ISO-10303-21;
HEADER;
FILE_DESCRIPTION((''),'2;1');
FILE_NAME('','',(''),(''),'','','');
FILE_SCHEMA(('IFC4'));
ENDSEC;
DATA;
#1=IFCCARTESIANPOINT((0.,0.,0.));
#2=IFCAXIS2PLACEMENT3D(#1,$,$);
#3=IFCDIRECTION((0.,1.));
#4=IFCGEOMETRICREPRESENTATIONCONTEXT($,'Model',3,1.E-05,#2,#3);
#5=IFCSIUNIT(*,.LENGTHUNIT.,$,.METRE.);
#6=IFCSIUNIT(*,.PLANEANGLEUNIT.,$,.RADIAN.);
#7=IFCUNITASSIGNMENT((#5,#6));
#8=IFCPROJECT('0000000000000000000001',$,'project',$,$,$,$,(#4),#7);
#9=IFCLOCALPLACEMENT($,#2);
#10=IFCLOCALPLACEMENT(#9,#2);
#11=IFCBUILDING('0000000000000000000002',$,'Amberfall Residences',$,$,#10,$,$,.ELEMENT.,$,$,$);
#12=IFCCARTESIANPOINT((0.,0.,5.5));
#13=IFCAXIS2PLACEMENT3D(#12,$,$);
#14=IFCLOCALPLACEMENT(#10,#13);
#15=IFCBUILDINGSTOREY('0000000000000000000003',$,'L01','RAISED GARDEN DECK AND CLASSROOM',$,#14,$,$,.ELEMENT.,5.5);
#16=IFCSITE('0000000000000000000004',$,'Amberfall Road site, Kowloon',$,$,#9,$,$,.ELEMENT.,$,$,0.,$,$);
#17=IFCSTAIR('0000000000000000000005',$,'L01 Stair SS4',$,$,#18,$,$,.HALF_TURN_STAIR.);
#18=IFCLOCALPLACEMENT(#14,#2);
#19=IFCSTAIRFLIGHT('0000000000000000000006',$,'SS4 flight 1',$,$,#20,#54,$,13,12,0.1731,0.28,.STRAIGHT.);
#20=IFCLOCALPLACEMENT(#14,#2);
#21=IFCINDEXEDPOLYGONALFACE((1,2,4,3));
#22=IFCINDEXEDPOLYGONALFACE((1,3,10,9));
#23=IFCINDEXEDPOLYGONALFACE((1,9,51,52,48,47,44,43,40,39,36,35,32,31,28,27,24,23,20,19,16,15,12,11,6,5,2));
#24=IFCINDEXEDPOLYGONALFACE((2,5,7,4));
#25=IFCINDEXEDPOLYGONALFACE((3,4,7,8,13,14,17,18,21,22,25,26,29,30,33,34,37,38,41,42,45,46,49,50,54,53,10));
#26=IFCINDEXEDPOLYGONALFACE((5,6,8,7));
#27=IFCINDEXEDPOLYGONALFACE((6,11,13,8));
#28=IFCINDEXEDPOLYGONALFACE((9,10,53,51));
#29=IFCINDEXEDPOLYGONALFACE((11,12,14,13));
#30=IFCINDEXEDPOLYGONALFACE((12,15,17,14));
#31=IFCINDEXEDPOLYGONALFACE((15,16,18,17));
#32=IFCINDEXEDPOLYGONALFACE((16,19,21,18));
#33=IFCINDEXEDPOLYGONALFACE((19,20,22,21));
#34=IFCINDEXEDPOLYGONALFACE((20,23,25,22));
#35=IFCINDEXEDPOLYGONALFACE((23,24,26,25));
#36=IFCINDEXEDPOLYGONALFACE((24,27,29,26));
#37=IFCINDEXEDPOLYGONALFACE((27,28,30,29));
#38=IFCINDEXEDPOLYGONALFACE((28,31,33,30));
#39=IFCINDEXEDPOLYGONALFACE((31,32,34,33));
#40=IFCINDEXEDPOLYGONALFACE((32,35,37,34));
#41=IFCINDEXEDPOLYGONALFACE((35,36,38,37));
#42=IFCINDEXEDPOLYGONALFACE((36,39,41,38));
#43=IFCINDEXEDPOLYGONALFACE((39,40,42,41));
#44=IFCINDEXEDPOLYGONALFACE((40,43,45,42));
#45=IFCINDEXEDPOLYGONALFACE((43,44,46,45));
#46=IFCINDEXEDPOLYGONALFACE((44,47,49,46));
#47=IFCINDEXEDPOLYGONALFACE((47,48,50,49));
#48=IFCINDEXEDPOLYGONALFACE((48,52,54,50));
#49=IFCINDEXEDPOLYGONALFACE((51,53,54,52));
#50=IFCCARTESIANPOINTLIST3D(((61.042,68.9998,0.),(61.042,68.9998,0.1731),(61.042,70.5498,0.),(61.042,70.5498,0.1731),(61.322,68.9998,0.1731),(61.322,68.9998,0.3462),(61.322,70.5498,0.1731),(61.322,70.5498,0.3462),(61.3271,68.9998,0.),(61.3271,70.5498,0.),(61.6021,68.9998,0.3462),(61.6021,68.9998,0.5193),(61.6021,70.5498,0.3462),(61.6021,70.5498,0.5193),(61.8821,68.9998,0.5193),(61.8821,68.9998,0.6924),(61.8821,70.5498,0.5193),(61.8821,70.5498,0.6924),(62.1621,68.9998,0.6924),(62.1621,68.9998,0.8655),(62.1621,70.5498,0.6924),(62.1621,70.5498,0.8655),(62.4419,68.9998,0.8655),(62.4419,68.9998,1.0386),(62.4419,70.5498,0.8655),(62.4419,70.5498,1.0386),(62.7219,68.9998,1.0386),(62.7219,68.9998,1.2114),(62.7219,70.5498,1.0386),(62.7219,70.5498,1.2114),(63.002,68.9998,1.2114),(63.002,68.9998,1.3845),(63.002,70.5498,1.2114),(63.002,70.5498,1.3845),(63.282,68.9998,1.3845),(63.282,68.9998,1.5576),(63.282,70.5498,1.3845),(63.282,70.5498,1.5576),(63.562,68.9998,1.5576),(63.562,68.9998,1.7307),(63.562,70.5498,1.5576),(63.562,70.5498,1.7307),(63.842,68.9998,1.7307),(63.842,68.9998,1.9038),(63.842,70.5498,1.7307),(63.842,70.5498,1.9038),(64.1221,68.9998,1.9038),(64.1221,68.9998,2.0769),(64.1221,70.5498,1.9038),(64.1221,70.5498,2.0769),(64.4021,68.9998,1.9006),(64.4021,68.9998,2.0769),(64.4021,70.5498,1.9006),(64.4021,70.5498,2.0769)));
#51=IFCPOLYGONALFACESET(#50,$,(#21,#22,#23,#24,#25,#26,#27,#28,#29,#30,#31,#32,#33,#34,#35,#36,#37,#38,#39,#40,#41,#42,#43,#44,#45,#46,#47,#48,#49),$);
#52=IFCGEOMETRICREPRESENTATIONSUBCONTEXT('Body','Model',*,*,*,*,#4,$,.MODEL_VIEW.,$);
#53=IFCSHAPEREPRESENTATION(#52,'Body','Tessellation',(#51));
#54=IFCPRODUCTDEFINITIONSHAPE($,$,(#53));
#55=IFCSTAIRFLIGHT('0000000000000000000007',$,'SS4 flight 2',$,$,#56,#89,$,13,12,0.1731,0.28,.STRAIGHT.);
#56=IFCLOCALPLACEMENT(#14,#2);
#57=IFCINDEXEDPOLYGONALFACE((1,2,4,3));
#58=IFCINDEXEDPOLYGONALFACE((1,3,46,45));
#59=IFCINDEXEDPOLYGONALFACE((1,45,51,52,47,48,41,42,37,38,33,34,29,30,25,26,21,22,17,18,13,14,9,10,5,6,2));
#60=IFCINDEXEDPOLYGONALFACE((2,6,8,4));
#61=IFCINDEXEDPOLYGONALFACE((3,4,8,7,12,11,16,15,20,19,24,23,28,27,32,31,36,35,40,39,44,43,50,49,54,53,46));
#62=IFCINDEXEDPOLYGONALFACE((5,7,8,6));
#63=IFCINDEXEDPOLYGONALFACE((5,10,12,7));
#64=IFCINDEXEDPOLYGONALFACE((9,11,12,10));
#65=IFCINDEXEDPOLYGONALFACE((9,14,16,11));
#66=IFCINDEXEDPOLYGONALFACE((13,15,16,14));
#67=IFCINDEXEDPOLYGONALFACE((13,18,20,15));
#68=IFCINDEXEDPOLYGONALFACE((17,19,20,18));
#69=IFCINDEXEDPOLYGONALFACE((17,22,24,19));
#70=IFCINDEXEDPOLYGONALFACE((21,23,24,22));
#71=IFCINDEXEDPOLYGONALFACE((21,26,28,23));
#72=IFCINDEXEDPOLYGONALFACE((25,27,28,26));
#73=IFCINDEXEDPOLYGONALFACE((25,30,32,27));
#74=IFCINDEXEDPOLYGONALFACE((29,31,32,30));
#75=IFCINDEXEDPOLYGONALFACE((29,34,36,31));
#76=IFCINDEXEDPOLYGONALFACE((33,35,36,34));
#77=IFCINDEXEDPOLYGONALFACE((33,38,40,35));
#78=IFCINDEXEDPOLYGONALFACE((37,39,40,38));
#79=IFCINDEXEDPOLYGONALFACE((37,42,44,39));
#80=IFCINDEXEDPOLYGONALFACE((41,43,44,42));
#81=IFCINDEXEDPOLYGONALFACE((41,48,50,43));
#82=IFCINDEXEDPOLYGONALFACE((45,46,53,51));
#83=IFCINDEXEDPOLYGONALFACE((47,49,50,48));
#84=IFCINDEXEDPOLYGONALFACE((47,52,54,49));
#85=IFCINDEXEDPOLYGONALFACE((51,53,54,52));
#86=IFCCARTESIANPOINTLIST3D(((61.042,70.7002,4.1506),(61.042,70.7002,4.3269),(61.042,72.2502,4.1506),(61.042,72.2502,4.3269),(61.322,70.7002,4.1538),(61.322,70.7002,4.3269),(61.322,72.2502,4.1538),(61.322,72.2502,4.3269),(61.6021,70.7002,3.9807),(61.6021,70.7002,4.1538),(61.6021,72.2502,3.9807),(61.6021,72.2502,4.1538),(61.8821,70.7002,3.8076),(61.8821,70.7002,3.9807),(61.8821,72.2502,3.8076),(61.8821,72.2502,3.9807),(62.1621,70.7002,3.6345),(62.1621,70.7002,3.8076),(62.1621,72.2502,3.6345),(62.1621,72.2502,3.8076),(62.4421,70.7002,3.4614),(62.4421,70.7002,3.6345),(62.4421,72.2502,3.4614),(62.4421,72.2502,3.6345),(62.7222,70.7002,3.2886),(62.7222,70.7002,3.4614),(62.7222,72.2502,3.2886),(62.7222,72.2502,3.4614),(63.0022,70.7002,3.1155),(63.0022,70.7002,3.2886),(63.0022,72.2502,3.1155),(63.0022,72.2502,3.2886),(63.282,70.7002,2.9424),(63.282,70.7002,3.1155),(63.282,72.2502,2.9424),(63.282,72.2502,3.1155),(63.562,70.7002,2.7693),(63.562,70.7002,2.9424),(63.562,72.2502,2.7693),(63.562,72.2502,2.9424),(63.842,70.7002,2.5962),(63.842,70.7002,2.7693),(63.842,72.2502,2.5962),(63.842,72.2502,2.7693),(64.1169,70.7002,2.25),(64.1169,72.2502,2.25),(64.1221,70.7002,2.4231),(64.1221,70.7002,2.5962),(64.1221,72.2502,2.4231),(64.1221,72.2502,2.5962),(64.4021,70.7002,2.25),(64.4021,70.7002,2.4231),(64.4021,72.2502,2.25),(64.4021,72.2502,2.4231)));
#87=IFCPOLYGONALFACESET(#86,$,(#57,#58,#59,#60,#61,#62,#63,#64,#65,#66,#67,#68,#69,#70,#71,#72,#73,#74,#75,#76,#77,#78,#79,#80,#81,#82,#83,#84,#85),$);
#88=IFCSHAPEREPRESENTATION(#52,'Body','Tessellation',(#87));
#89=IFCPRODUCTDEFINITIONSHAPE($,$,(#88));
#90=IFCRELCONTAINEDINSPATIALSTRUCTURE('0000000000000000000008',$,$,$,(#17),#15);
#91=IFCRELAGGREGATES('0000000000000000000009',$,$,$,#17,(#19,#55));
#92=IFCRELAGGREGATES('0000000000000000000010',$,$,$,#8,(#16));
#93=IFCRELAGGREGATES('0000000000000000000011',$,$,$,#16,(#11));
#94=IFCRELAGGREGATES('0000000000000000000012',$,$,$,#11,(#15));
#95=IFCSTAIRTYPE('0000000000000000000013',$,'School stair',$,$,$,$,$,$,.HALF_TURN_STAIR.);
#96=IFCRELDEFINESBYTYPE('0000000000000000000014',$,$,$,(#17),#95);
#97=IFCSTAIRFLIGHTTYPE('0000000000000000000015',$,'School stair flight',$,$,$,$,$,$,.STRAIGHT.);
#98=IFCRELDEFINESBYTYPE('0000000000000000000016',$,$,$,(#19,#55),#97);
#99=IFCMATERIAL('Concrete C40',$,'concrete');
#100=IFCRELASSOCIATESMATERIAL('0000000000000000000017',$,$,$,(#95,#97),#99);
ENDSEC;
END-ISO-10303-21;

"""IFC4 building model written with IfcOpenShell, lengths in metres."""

from ifc_helpers import new_model, si_unit, direction, frame, origin, place, context, subcontext, project, spatial, polyline, outline, extrude, material, type_object, element, aggregate, save


model = new_model("IFC4")

# Units and contexts
model_context = context("Model", 3, precision=1e-05, world=origin(), true_north=direction((0.0, 1.0)))
body_context = subcontext(model_context, "Body", "Model", "MODEL_VIEW")
ifc_project = project(units=[si_unit("LENGTHUNIT", "METRE"), si_unit("PLANEANGLEUNIT", "RADIAN")], contexts=[model_context])

# Site, building, storey
site_placement = place(None, origin())
site = spatial("IfcSite", under=ifc_project, at=site_placement, Name="Amberfall Road site, Kowloon", CompositionType="ELEMENT", RefElevation=0.0)
building_placement = place(site_placement, origin())
building = spatial("IfcBuilding", under=site, at=building_placement, Name="Amberfall Residences", CompositionType="ELEMENT")
storey_placement = place(building_placement, frame((0.0, 0.0, 5.5)))
storey = spatial("IfcBuildingStorey", under=building, at=storey_placement, Name="L01", Description="RAISED GARDEN DECK AND CLASSROOM", CompositionType="ELEMENT", Elevation=5.5)

# Shared definitions
ifc_material_1 = material(Name="Concrete C40", Category="concrete")

# Stair, stair flights
stair_type = type_object("IfcStairType", Name="School stair", PredefinedType="HALF_TURN_STAIR", material=ifc_material_1)
stair_placement = place(storey_placement, origin())
stair = element("IfcStair", 1, at=stair_placement, inside=storey, type_object=stair_type, Name="L01 Stair SS4", PredefinedType="HALF_TURN_STAIR")
stair_flight_type = type_object("IfcStairFlightType", Name="School stair flight", PredefinedType="STRAIGHT", material=ifc_material_1)
stair_flight_1_placement = place(storey_placement, frame((61.042, 69.7749, 0.0), z_axis=(0.0, 0.0, 1.0), x_axis=(1.0, 0.0, 0.0)))
stair_flight_1 = element("IfcStairFlight", 2, at=stair_flight_1_placement, type_object=stair_flight_type, Name="SS4 flight 1", NumberOfRisers=13, NumberOfTreads=12, PredefinedType="STRAIGHT", RiserHeight=0.1731, TreadLength=0.28, context=body_context, shape_type="SweptSolid", body=[
    extrude(outline(polyline([(0.0, 0.0), (0.0, 0.1731), (0.28, 0.1731), (0.28, 0.3462), (0.5601, 0.3462), (0.5601, 0.5193), (0.8401, 0.5193), (0.8401, 0.6924), (1.1201, 0.6924), (1.1201, 0.8655), (1.3999, 0.8655), (1.3999, 1.0386), (1.6799, 1.0386), (1.6799, 1.2114), (1.96, 1.2114), (1.96, 1.3845), (2.24, 1.3845), (2.24, 1.5576), (2.52, 1.5576), (2.52, 1.7307), (2.8, 1.7307), (2.8, 1.9038), (3.0801, 1.9038), (3.0801, 2.0769), (3.3601, 2.0769), (3.3601, 2.25), (3.3601, 1.9006), (0.2852, 0.0), (0.0, 0.0)])), frame((0.0, 0.7749, 0.0), z_axis=(0.0, -1.0, 0.0), x_axis=(1.0, 0.0, 0.0)), (0.0, 0.0, 1.0), 1.55),
])
stair_flight_2_placement = place(storey_placement, frame((64.4021, 71.4751, 2.25), z_axis=(0.0, 0.0, 1.0), x_axis=(-1.0, 0.0, 0.0)))
stair_flight_2 = element("IfcStairFlight", 3, at=stair_flight_2_placement, type_object=stair_flight_type, Name="SS4 flight 2", NumberOfRisers=13, NumberOfTreads=12, PredefinedType="STRAIGHT", RiserHeight=0.1731, TreadLength=0.28, context=body_context, shape_type="SweptSolid", body=[
    extrude(outline(polyline([(0.0, 0.0), (0.0, 0.1731), (0.28, 0.1731), (0.28, 0.3462), (0.5601, 0.3462), (0.5601, 0.5193), (0.8401, 0.5193), (0.8401, 0.6924), (1.1201, 0.6924), (1.1201, 0.8655), (1.3999, 0.8655), (1.3999, 1.0386), (1.6799, 1.0386), (1.6799, 1.2114), (1.96, 1.2114), (1.96, 1.3845), (2.24, 1.3845), (2.24, 1.5576), (2.52, 1.5576), (2.52, 1.7307), (2.8, 1.7307), (2.8, 1.9038), (3.0801, 1.9038), (3.0801, 2.0769), (3.3601, 2.0769), (3.3601, 2.25), (3.3601, 1.9006), (0.2852, 0.0), (0.0, 0.0)])), frame((0.0, 0.7749, 0.0), z_axis=(0.0, -1.0, 0.0), x_axis=(1.0, 0.0, 0.0)), (0.0, 0.0, 1.0), 1.55),
])
aggregate(stair, [stair_flight_1, stair_flight_2])

save(model, "model.ifc")
